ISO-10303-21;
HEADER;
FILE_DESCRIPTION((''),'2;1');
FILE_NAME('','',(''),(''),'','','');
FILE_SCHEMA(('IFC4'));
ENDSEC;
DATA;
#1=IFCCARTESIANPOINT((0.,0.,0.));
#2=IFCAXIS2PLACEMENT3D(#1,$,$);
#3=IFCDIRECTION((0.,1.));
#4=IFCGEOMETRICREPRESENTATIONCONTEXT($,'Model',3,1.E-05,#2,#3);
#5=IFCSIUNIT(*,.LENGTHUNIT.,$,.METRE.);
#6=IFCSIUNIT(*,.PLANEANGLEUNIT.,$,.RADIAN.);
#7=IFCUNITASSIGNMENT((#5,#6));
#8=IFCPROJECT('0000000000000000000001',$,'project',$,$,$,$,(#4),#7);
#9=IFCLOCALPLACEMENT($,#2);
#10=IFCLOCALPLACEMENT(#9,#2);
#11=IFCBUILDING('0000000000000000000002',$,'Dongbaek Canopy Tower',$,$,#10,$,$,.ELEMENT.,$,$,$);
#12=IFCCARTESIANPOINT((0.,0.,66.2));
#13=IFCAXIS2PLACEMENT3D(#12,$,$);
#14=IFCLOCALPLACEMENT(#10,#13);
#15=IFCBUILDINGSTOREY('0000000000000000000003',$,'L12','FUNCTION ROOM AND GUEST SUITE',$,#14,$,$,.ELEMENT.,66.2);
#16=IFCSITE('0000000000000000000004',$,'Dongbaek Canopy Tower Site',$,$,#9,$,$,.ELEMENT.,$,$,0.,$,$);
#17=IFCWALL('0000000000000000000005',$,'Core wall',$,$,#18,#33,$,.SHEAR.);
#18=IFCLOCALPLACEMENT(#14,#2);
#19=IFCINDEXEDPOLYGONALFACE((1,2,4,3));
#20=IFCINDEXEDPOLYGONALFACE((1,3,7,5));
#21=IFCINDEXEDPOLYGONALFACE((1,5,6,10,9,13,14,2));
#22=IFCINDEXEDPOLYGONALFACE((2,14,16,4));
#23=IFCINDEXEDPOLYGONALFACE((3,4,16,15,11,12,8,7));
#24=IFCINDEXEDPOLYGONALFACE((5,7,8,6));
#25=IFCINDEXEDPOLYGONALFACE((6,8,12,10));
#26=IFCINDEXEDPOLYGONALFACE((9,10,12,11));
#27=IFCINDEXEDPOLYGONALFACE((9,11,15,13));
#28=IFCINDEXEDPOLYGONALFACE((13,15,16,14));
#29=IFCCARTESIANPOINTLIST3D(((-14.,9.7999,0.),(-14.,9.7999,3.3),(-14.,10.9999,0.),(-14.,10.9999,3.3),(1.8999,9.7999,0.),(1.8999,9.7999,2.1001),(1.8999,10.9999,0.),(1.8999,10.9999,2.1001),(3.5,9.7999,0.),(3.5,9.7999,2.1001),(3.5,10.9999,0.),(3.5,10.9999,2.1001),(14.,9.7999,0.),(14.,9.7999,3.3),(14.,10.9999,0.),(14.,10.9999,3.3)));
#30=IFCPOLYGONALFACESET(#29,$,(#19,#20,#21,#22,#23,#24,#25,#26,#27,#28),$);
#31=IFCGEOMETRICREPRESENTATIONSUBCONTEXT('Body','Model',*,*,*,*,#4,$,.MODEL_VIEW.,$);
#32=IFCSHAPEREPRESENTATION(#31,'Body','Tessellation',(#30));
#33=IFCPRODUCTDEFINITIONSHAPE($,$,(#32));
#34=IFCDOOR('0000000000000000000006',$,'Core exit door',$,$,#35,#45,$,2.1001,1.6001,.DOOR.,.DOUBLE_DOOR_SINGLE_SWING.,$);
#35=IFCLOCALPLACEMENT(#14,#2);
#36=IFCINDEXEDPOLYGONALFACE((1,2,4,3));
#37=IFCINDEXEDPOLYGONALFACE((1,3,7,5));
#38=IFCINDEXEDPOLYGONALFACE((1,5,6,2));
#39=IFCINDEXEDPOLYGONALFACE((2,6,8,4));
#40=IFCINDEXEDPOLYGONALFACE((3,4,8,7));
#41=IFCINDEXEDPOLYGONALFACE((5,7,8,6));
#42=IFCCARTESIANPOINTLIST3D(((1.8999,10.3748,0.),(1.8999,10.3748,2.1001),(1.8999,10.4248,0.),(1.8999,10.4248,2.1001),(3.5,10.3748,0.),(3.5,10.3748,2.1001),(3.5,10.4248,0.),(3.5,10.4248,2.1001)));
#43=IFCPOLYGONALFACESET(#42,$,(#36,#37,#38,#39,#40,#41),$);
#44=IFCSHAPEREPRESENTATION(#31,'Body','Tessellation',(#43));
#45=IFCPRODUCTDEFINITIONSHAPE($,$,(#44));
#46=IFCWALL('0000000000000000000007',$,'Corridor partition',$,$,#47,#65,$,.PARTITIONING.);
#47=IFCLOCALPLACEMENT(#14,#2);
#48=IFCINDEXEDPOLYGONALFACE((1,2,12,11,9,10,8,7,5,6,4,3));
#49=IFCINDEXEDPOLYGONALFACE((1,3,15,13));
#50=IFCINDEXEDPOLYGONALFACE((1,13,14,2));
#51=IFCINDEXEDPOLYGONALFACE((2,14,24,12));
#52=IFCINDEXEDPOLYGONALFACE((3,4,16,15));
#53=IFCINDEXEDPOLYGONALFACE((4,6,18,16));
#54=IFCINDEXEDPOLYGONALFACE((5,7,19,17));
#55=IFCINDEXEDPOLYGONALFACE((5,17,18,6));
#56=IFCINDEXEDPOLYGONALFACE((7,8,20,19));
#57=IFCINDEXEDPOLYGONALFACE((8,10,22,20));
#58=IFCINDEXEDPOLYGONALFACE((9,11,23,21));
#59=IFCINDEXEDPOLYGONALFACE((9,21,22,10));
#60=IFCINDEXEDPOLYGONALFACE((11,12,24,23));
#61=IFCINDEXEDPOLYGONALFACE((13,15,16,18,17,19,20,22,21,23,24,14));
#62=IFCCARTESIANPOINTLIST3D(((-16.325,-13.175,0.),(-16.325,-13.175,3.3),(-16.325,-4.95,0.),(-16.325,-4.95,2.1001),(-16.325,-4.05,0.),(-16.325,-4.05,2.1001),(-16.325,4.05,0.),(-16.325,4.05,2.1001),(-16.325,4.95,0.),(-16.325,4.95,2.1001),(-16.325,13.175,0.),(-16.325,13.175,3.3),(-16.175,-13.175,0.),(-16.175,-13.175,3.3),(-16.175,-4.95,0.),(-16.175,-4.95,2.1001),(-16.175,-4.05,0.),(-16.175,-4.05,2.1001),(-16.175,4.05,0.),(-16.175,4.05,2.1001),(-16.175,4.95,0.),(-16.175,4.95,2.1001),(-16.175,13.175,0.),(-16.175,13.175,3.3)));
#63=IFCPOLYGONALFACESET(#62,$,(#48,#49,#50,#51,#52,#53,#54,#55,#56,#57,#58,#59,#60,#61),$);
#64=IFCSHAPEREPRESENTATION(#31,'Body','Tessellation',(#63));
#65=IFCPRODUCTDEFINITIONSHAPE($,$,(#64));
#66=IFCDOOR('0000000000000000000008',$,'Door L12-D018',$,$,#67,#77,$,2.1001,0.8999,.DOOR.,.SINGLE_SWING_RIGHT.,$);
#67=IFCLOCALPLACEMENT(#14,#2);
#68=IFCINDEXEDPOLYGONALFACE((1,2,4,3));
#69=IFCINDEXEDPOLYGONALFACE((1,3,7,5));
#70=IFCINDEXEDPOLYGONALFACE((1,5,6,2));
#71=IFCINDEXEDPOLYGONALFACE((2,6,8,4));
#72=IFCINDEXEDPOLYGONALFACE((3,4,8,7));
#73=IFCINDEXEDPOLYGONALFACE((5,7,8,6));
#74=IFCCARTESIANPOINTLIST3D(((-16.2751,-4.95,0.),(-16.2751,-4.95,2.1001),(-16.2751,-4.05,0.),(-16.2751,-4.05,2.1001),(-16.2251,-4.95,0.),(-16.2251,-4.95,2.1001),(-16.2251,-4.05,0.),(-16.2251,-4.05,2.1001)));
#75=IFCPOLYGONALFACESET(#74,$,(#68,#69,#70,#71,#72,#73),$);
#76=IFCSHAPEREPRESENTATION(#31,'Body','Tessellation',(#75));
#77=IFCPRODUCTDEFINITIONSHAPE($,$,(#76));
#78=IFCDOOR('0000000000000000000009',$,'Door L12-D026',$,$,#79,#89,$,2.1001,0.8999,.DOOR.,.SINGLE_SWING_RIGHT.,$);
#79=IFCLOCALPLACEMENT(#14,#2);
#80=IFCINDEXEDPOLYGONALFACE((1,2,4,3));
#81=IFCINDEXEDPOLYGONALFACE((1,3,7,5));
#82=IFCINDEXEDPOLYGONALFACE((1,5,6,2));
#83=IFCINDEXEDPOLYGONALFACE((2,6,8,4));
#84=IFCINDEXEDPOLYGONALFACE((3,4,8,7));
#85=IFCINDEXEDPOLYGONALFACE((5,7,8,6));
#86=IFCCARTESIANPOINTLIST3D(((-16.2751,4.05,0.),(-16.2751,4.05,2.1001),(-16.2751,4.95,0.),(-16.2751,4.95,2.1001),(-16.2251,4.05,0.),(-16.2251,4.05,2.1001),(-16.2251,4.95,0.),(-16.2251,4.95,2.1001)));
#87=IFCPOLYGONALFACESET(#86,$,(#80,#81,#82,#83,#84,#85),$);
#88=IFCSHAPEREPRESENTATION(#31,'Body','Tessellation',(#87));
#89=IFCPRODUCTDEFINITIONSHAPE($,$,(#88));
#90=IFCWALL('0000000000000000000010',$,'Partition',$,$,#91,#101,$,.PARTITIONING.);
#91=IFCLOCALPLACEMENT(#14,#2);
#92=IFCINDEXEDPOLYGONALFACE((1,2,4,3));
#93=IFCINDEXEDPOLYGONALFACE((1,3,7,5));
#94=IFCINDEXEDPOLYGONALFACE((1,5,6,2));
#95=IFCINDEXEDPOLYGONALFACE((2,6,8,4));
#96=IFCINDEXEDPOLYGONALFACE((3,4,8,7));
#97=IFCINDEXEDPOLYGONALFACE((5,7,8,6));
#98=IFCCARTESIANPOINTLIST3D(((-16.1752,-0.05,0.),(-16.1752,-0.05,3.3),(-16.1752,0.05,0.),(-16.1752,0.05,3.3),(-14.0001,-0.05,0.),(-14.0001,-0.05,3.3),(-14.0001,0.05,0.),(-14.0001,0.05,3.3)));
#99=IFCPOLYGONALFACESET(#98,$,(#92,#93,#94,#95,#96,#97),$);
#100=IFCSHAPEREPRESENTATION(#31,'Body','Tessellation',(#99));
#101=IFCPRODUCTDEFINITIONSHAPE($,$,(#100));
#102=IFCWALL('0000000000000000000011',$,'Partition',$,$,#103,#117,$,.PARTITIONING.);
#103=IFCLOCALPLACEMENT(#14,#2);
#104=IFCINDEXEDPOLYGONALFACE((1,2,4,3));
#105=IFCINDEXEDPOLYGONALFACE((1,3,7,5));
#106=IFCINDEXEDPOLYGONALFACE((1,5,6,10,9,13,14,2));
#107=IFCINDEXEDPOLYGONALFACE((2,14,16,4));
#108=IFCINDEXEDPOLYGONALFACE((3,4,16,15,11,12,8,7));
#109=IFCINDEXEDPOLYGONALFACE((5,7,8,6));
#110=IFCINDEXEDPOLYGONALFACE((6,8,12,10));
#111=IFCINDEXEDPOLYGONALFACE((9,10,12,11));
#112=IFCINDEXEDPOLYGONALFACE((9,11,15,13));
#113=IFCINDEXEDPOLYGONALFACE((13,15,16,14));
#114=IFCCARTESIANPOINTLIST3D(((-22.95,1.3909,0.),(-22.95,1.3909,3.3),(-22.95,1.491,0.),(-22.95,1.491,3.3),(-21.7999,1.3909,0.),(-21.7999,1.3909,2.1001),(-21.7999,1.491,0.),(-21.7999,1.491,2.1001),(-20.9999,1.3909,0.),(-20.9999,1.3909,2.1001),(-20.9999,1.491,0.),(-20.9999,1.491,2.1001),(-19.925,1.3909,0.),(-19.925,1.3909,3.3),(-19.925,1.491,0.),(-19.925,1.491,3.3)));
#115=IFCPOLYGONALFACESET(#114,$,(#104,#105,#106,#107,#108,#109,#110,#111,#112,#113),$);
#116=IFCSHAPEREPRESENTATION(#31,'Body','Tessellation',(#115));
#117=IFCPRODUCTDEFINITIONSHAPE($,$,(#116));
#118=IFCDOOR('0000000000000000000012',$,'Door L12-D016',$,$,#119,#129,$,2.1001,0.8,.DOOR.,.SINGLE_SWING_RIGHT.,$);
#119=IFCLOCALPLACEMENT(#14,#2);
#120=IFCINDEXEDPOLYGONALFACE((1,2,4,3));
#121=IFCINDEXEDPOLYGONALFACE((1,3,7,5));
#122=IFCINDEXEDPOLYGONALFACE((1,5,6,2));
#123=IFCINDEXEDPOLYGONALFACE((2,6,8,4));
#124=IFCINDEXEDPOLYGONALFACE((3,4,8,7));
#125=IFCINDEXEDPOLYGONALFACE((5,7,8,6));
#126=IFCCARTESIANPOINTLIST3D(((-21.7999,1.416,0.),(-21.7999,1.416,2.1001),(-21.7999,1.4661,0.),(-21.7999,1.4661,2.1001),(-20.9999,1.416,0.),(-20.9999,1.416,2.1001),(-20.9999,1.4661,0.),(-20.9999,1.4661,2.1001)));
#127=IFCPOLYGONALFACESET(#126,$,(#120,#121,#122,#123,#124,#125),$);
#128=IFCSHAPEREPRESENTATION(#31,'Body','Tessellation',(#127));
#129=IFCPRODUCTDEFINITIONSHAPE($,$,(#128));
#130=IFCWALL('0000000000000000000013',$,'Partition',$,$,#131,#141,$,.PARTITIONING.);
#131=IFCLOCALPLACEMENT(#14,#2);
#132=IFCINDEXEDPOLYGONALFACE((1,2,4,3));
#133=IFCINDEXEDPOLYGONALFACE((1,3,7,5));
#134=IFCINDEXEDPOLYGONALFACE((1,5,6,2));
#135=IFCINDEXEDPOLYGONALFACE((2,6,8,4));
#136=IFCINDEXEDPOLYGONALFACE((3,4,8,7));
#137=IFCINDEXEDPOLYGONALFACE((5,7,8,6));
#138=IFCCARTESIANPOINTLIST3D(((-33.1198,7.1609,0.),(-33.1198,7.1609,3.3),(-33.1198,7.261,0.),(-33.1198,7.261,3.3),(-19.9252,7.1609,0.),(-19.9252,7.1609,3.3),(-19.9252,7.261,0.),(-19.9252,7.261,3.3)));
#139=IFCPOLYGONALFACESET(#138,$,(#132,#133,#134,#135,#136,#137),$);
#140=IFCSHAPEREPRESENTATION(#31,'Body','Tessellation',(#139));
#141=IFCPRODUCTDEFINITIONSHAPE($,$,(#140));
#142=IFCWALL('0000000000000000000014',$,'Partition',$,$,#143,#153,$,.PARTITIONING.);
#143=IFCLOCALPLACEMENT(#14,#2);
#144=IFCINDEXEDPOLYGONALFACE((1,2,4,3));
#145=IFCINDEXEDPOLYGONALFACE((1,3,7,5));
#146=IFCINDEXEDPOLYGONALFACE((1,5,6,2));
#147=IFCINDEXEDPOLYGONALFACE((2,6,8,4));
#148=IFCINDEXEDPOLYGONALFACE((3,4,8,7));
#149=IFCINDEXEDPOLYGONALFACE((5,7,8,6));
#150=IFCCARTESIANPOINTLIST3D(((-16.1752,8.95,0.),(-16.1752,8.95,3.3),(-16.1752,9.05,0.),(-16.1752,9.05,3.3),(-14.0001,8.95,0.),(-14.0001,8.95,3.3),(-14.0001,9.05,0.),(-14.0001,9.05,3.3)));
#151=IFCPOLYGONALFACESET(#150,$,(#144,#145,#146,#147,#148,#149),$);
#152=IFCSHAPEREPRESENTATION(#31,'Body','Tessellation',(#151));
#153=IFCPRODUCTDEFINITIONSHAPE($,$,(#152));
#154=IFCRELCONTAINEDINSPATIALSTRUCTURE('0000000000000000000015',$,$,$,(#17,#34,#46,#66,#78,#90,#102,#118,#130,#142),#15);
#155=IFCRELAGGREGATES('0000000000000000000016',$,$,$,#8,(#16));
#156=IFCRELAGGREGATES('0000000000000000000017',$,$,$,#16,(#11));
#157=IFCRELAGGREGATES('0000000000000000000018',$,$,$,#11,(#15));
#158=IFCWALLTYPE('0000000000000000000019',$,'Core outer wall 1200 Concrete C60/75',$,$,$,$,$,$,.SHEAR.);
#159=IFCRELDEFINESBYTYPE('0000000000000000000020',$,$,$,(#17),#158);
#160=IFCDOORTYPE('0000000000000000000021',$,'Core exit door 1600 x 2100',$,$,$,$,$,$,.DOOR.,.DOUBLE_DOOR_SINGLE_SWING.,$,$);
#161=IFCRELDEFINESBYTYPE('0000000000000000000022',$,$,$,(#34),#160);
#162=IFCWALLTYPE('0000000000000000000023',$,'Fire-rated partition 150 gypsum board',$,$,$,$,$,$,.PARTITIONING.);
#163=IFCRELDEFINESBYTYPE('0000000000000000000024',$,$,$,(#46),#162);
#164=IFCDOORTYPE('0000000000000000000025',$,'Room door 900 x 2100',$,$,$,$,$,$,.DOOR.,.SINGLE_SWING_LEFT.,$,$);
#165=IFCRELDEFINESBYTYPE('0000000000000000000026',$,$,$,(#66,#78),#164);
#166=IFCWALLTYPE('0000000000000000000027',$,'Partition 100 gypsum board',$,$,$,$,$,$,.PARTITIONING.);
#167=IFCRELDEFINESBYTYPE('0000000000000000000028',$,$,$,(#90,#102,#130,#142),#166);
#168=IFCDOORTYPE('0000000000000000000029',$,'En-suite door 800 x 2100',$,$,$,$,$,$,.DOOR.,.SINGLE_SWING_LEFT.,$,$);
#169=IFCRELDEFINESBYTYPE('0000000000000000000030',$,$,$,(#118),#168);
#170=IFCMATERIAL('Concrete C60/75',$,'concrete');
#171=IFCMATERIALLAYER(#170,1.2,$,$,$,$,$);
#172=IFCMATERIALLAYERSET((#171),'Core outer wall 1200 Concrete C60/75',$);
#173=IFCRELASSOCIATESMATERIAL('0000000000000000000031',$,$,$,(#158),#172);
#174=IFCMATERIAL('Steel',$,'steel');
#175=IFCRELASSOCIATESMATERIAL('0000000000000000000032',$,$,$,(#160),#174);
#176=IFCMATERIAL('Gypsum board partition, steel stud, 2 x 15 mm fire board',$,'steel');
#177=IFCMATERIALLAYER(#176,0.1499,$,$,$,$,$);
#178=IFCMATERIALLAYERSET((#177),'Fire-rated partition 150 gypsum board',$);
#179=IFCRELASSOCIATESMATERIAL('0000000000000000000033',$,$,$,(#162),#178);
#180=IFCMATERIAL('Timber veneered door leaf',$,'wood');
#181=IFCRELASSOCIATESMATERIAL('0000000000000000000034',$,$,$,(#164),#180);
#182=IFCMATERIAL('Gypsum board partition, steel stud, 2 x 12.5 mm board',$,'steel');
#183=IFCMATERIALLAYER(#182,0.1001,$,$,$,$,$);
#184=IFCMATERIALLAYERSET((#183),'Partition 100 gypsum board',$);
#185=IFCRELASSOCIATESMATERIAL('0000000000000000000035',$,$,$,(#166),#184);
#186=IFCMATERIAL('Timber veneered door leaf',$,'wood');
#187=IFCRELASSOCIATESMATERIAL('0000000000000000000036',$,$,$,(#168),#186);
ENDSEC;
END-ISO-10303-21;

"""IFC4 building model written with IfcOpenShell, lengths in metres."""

from ifc_helpers import new_model, si_unit, direction, frame, frame_2d, origin, place, context, subcontext, project, spatial, rectangle, extrude, material, layer, layer_set, type_object, element, fill, save


model = new_model("IFC4")

# Units and contexts
model_context = context("Model", 3, precision=1e-05, world=origin(), true_north=direction((0.0, 1.0)))
body_context = subcontext(model_context, "Body", "Model", "MODEL_VIEW")
ifc_project = project(units=[si_unit("LENGTHUNIT", "METRE"), si_unit("PLANEANGLEUNIT", "RADIAN")], contexts=[model_context])

# Site, building, storey
site_placement = place(None, origin())
site = spatial("IfcSite", under=ifc_project, at=site_placement, Name="Dongbaek Canopy Tower Site", CompositionType="ELEMENT", RefElevation=0.0)
building_placement = place(site_placement, origin())
building = spatial("IfcBuilding", under=site, at=building_placement, Name="Dongbaek Canopy Tower", CompositionType="ELEMENT")
storey_placement = place(building_placement, frame((0.0, 0.0, 66.2)))
storey = spatial("IfcBuildingStorey", under=building, at=storey_placement, Name="L12", Description="FUNCTION ROOM AND GUEST SUITE", CompositionType="ELEMENT", Elevation=66.2)

# Wall, opening, door
ifc_material_1 = material(Name="Concrete C60/75", Category="concrete")
ifc_layer_1 = layer(ifc_material_1, 1.2)
ifc_layer_set_1 = layer_set([ifc_layer_1], Name="Core outer wall 1200 Concrete C60/75")
wall_type_1 = type_object("IfcWallType", Name="Core outer wall 1200 Concrete C60/75", PredefinedType="SHEAR", material=ifc_layer_set_1)
wall_1_placement = place(storey_placement, frame((-14.0, 10.3999, 0.0), z_axis=(0.0, 0.0, 1.0), x_axis=(1.0, 0.0, 0.0)))
wall_1 = element("IfcWall", 1, at=wall_1_placement, inside=storey, type_object=wall_type_1, Name="Core wall", PredefinedType="SHEAR", context=body_context, shape_type="SweptSolid", body=[
    extrude(rectangle(XDim=28.0, YDim=1.2, at=frame_2d((14.0, 0.0))), origin(), (0.0, 0.0, 1.0), 3.3),
])
opening_1_placement = place(wall_1_placement, frame((15.8999, 0.0, 0.0)))
opening_1 = element("IfcOpeningElement", 2, at=opening_1_placement, cuts=wall_1, PredefinedType="OPENING", context=body_context, shape_type="SweptSolid", body=[
    extrude(rectangle(XDim=1.6001, YDim=2.1001, at=frame_2d((0.8, 1.05))), frame((0.0, 0.6099, 0.0), z_axis=(0.0, -1.0, 0.0), x_axis=(1.0, 0.0, 0.0)), (0.0, 0.0, 1.0), 1.22),
])
ifc_material_2 = material(Name="Steel", Category="steel")
door_type_1 = type_object("IfcDoorType", Name="Core exit door 1600 x 2100", OperationType="DOUBLE_DOOR_SINGLE_SWING", PredefinedType="DOOR", material=ifc_material_2)
door_1_placement = place(opening_1_placement, origin())
door_1 = element("IfcDoor", 3, at=door_1_placement, inside=storey, type_object=door_type_1, Name="Core exit door", OperationType="DOUBLE_DOOR_SINGLE_SWING", OverallHeight=2.1001, OverallWidth=1.6001, PredefinedType="DOOR", context=body_context, shape_type="SweptSolid", body=[
    extrude(rectangle(XDim=1.6001, YDim=2.1001, at=frame_2d((0.8, 1.05))), frame((0.0, 0.0249, 0.0), z_axis=(0.0, -1.0, 0.0), x_axis=(1.0, 0.0, 0.0)), (0.0, 0.0, 1.0), 0.05),
])
fill(opening_1, door_1)

# Wall, openings, doors
ifc_material_3 = material(Name="Gypsum board partition, steel stud, 2 x 15 mm fire board", Category="steel")
ifc_layer_2 = layer(ifc_material_3, 0.1499)
ifc_layer_set_2 = layer_set([ifc_layer_2], Name="Fire-rated partition 150 gypsum board")
wall_type_2 = type_object("IfcWallType", Name="Fire-rated partition 150 gypsum board", PredefinedType="PARTITIONING", material=ifc_layer_set_2)
wall_2_placement = place(storey_placement, frame((-16.25, 13.175, 0.0), z_axis=(0.0, 0.0, 1.0), x_axis=(0.0, -1.0, 0.0)))
wall_2 = element("IfcWall", 4, at=wall_2_placement, inside=storey, type_object=wall_type_2, Name="Corridor partition", PredefinedType="PARTITIONING", context=body_context, shape_type="SweptSolid", body=[
    extrude(rectangle(XDim=26.3501, YDim=0.1499, at=frame_2d((13.175, 0.0))), origin(), (0.0, 0.0, 1.0), 3.3),
])
opening_2_placement = place(wall_2_placement, frame((17.2251, 0.0, 0.0)))
opening_2 = element("IfcOpeningElement", 5, at=opening_2_placement, cuts=wall_2, PredefinedType="OPENING", context=body_context, shape_type="SweptSolid", body=[
    extrude(rectangle(XDim=0.8999, YDim=2.1001, at=frame_2d((0.45, 1.05))), frame((0.0, 0.085, 0.0), z_axis=(0.0, -1.0, 0.0), x_axis=(1.0, 0.0, 0.0)), (0.0, 0.0, 1.0), 0.1699),
])
opening_3_placement = place(wall_2_placement, frame((8.2251, 0.0, 0.0)))
opening_3 = element("IfcOpeningElement", 6, at=opening_3_placement, cuts=wall_2, PredefinedType="OPENING", context=body_context, shape_type="SweptSolid", body=[
    extrude(rectangle(XDim=0.8999, YDim=2.1001, at=frame_2d((0.45, 1.05))), frame((0.0, 0.085, 0.0), z_axis=(0.0, -1.0, 0.0), x_axis=(1.0, 0.0, 0.0)), (0.0, 0.0, 1.0), 0.1699),
])
ifc_material_4 = material(Name="Timber veneered door leaf", Category="wood")
door_type_2 = type_object("IfcDoorType", Name="Room door 900 x 2100", OperationType="SINGLE_SWING_LEFT", PredefinedType="DOOR", material=ifc_material_4)
door_2_placement = place(opening_2_placement, origin())
door_2 = element("IfcDoor", 7, at=door_2_placement, inside=storey, type_object=door_type_2, Name="Door L12-D018", OperationType="SINGLE_SWING_RIGHT", OverallHeight=2.1001, OverallWidth=0.8999, PredefinedType="DOOR", context=body_context, shape_type="SweptSolid", body=[
    extrude(rectangle(XDim=0.8999, YDim=2.1001, at=frame_2d((0.45, 1.05))), frame((0.0, 0.0249, 0.0), z_axis=(0.0, -1.0, 0.0), x_axis=(1.0, 0.0, 0.0)), (0.0, 0.0, 1.0), 0.05),
])
fill(opening_2, door_2)
door_3_placement = place(opening_3_placement, origin())
door_3 = element("IfcDoor", 8, at=door_3_placement, inside=storey, type_object=door_type_2, Name="Door L12-D026", OperationType="SINGLE_SWING_RIGHT", OverallHeight=2.1001, OverallWidth=0.8999, PredefinedType="DOOR", context=body_context, shape_type="SweptSolid", body=[
    extrude(rectangle(XDim=0.8999, YDim=2.1001, at=frame_2d((0.45, 1.05))), frame((0.0, 0.0249, 0.0), z_axis=(0.0, -1.0, 0.0), x_axis=(1.0, 0.0, 0.0)), (0.0, 0.0, 1.0), 0.05),
])
fill(opening_3, door_3)

# Wall
ifc_material_5 = material(Name="Gypsum board partition, steel stud, 2 x 12.5 mm board", Category="steel")
ifc_layer_3 = layer(ifc_material_5, 0.1001)
ifc_layer_set_3 = layer_set([ifc_layer_3], Name="Partition 100 gypsum board")
wall_type_3 = type_object("IfcWallType", Name="Partition 100 gypsum board", PredefinedType="PARTITIONING", material=ifc_layer_set_3)
wall_3_placement = place(storey_placement, frame((-16.175, 0.0, 0.0), z_axis=(0.0, 0.0, 1.0), x_axis=(1.0, 0.0, 0.0)))
element("IfcWall", 9, at=wall_3_placement, inside=storey, type_object=wall_type_3, Name="Partition", PredefinedType="PARTITIONING", context=body_context, shape_type="SweptSolid", body=[
    extrude(rectangle(XDim=2.175, YDim=0.1001, at=frame_2d((1.0874, 0.0))), origin(), (0.0, 0.0, 1.0), 3.3),
])

# Wall, opening, door
wall_4_placement = place(storey_placement, frame((-19.925, 1.4409, 0.0), z_axis=(0.0, 0.0, 1.0), x_axis=(-1.0, 0.0, 0.0)))
wall_4 = element("IfcWall", 10, at=wall_4_placement, inside=storey, type_object=wall_type_3, Name="Partition", PredefinedType="PARTITIONING", context=body_context, shape_type="SweptSolid", body=[
    extrude(rectangle(XDim=3.0249, YDim=0.1001, at=frame_2d((1.5125, 0.0))), origin(), (0.0, 0.0, 1.0), 3.3),
])
opening_4_placement = place(wall_4_placement, frame((1.075, 0.0, 0.0)))
opening_4 = element("IfcOpeningElement", 11, at=opening_4_placement, cuts=wall_4, PredefinedType="OPENING", context=body_context, shape_type="SweptSolid", body=[
    extrude(rectangle(XDim=0.8, YDim=2.1001, at=frame_2d((0.3999, 1.05))), frame((0.0, 0.0601, 0.0), z_axis=(0.0, -1.0, 0.0), x_axis=(1.0, 0.0, 0.0)), (0.0, 0.0, 1.0), 0.1201),
])
ifc_material_6 = material(Name="Timber veneered door leaf", Category="wood")
door_type_3 = type_object("IfcDoorType", Name="En-suite door 800 x 2100", OperationType="SINGLE_SWING_LEFT", PredefinedType="DOOR", material=ifc_material_6)
door_4_placement = place(opening_4_placement, origin())
door_4 = element("IfcDoor", 12, at=door_4_placement, inside=storey, type_object=door_type_3, Name="Door L12-D016", OperationType="SINGLE_SWING_RIGHT", OverallHeight=2.1001, OverallWidth=0.8, PredefinedType="DOOR", context=body_context, shape_type="SweptSolid", body=[
    extrude(rectangle(XDim=0.8, YDim=2.1001, at=frame_2d((0.3999, 1.05))), frame((0.0, 0.0249, 0.0), z_axis=(0.0, -1.0, 0.0), x_axis=(1.0, 0.0, 0.0)), (0.0, 0.0, 1.0), 0.05),
])
fill(opening_4, door_4)

# Walls
wall_5_placement = place(storey_placement, frame((-33.1196, 7.2109, 0.0), z_axis=(0.0, 0.0, 1.0), x_axis=(1.0, 0.0, 0.0)))
element("IfcWall", 13, at=wall_5_placement, inside=storey, type_object=wall_type_3, Name="Partition", PredefinedType="PARTITIONING", context=body_context, shape_type="SweptSolid", body=[
    extrude(rectangle(XDim=13.1946, YDim=0.1001, at=frame_2d((6.5972, 0.0))), origin(), (0.0, 0.0, 1.0), 3.3),
])
wall_6_placement = place(storey_placement, frame((-16.175, 9.0, 0.0), z_axis=(0.0, 0.0, 1.0), x_axis=(1.0, 0.0, 0.0)))
element("IfcWall", 14, at=wall_6_placement, inside=storey, type_object=wall_type_3, Name="Partition", PredefinedType="PARTITIONING", context=body_context, shape_type="SweptSolid", body=[
    extrude(rectangle(XDim=2.175, YDim=0.1001, at=frame_2d((1.0874, 0.0))), origin(), (0.0, 0.0, 1.0), 3.3),
])

save(model, "model.ifc")
